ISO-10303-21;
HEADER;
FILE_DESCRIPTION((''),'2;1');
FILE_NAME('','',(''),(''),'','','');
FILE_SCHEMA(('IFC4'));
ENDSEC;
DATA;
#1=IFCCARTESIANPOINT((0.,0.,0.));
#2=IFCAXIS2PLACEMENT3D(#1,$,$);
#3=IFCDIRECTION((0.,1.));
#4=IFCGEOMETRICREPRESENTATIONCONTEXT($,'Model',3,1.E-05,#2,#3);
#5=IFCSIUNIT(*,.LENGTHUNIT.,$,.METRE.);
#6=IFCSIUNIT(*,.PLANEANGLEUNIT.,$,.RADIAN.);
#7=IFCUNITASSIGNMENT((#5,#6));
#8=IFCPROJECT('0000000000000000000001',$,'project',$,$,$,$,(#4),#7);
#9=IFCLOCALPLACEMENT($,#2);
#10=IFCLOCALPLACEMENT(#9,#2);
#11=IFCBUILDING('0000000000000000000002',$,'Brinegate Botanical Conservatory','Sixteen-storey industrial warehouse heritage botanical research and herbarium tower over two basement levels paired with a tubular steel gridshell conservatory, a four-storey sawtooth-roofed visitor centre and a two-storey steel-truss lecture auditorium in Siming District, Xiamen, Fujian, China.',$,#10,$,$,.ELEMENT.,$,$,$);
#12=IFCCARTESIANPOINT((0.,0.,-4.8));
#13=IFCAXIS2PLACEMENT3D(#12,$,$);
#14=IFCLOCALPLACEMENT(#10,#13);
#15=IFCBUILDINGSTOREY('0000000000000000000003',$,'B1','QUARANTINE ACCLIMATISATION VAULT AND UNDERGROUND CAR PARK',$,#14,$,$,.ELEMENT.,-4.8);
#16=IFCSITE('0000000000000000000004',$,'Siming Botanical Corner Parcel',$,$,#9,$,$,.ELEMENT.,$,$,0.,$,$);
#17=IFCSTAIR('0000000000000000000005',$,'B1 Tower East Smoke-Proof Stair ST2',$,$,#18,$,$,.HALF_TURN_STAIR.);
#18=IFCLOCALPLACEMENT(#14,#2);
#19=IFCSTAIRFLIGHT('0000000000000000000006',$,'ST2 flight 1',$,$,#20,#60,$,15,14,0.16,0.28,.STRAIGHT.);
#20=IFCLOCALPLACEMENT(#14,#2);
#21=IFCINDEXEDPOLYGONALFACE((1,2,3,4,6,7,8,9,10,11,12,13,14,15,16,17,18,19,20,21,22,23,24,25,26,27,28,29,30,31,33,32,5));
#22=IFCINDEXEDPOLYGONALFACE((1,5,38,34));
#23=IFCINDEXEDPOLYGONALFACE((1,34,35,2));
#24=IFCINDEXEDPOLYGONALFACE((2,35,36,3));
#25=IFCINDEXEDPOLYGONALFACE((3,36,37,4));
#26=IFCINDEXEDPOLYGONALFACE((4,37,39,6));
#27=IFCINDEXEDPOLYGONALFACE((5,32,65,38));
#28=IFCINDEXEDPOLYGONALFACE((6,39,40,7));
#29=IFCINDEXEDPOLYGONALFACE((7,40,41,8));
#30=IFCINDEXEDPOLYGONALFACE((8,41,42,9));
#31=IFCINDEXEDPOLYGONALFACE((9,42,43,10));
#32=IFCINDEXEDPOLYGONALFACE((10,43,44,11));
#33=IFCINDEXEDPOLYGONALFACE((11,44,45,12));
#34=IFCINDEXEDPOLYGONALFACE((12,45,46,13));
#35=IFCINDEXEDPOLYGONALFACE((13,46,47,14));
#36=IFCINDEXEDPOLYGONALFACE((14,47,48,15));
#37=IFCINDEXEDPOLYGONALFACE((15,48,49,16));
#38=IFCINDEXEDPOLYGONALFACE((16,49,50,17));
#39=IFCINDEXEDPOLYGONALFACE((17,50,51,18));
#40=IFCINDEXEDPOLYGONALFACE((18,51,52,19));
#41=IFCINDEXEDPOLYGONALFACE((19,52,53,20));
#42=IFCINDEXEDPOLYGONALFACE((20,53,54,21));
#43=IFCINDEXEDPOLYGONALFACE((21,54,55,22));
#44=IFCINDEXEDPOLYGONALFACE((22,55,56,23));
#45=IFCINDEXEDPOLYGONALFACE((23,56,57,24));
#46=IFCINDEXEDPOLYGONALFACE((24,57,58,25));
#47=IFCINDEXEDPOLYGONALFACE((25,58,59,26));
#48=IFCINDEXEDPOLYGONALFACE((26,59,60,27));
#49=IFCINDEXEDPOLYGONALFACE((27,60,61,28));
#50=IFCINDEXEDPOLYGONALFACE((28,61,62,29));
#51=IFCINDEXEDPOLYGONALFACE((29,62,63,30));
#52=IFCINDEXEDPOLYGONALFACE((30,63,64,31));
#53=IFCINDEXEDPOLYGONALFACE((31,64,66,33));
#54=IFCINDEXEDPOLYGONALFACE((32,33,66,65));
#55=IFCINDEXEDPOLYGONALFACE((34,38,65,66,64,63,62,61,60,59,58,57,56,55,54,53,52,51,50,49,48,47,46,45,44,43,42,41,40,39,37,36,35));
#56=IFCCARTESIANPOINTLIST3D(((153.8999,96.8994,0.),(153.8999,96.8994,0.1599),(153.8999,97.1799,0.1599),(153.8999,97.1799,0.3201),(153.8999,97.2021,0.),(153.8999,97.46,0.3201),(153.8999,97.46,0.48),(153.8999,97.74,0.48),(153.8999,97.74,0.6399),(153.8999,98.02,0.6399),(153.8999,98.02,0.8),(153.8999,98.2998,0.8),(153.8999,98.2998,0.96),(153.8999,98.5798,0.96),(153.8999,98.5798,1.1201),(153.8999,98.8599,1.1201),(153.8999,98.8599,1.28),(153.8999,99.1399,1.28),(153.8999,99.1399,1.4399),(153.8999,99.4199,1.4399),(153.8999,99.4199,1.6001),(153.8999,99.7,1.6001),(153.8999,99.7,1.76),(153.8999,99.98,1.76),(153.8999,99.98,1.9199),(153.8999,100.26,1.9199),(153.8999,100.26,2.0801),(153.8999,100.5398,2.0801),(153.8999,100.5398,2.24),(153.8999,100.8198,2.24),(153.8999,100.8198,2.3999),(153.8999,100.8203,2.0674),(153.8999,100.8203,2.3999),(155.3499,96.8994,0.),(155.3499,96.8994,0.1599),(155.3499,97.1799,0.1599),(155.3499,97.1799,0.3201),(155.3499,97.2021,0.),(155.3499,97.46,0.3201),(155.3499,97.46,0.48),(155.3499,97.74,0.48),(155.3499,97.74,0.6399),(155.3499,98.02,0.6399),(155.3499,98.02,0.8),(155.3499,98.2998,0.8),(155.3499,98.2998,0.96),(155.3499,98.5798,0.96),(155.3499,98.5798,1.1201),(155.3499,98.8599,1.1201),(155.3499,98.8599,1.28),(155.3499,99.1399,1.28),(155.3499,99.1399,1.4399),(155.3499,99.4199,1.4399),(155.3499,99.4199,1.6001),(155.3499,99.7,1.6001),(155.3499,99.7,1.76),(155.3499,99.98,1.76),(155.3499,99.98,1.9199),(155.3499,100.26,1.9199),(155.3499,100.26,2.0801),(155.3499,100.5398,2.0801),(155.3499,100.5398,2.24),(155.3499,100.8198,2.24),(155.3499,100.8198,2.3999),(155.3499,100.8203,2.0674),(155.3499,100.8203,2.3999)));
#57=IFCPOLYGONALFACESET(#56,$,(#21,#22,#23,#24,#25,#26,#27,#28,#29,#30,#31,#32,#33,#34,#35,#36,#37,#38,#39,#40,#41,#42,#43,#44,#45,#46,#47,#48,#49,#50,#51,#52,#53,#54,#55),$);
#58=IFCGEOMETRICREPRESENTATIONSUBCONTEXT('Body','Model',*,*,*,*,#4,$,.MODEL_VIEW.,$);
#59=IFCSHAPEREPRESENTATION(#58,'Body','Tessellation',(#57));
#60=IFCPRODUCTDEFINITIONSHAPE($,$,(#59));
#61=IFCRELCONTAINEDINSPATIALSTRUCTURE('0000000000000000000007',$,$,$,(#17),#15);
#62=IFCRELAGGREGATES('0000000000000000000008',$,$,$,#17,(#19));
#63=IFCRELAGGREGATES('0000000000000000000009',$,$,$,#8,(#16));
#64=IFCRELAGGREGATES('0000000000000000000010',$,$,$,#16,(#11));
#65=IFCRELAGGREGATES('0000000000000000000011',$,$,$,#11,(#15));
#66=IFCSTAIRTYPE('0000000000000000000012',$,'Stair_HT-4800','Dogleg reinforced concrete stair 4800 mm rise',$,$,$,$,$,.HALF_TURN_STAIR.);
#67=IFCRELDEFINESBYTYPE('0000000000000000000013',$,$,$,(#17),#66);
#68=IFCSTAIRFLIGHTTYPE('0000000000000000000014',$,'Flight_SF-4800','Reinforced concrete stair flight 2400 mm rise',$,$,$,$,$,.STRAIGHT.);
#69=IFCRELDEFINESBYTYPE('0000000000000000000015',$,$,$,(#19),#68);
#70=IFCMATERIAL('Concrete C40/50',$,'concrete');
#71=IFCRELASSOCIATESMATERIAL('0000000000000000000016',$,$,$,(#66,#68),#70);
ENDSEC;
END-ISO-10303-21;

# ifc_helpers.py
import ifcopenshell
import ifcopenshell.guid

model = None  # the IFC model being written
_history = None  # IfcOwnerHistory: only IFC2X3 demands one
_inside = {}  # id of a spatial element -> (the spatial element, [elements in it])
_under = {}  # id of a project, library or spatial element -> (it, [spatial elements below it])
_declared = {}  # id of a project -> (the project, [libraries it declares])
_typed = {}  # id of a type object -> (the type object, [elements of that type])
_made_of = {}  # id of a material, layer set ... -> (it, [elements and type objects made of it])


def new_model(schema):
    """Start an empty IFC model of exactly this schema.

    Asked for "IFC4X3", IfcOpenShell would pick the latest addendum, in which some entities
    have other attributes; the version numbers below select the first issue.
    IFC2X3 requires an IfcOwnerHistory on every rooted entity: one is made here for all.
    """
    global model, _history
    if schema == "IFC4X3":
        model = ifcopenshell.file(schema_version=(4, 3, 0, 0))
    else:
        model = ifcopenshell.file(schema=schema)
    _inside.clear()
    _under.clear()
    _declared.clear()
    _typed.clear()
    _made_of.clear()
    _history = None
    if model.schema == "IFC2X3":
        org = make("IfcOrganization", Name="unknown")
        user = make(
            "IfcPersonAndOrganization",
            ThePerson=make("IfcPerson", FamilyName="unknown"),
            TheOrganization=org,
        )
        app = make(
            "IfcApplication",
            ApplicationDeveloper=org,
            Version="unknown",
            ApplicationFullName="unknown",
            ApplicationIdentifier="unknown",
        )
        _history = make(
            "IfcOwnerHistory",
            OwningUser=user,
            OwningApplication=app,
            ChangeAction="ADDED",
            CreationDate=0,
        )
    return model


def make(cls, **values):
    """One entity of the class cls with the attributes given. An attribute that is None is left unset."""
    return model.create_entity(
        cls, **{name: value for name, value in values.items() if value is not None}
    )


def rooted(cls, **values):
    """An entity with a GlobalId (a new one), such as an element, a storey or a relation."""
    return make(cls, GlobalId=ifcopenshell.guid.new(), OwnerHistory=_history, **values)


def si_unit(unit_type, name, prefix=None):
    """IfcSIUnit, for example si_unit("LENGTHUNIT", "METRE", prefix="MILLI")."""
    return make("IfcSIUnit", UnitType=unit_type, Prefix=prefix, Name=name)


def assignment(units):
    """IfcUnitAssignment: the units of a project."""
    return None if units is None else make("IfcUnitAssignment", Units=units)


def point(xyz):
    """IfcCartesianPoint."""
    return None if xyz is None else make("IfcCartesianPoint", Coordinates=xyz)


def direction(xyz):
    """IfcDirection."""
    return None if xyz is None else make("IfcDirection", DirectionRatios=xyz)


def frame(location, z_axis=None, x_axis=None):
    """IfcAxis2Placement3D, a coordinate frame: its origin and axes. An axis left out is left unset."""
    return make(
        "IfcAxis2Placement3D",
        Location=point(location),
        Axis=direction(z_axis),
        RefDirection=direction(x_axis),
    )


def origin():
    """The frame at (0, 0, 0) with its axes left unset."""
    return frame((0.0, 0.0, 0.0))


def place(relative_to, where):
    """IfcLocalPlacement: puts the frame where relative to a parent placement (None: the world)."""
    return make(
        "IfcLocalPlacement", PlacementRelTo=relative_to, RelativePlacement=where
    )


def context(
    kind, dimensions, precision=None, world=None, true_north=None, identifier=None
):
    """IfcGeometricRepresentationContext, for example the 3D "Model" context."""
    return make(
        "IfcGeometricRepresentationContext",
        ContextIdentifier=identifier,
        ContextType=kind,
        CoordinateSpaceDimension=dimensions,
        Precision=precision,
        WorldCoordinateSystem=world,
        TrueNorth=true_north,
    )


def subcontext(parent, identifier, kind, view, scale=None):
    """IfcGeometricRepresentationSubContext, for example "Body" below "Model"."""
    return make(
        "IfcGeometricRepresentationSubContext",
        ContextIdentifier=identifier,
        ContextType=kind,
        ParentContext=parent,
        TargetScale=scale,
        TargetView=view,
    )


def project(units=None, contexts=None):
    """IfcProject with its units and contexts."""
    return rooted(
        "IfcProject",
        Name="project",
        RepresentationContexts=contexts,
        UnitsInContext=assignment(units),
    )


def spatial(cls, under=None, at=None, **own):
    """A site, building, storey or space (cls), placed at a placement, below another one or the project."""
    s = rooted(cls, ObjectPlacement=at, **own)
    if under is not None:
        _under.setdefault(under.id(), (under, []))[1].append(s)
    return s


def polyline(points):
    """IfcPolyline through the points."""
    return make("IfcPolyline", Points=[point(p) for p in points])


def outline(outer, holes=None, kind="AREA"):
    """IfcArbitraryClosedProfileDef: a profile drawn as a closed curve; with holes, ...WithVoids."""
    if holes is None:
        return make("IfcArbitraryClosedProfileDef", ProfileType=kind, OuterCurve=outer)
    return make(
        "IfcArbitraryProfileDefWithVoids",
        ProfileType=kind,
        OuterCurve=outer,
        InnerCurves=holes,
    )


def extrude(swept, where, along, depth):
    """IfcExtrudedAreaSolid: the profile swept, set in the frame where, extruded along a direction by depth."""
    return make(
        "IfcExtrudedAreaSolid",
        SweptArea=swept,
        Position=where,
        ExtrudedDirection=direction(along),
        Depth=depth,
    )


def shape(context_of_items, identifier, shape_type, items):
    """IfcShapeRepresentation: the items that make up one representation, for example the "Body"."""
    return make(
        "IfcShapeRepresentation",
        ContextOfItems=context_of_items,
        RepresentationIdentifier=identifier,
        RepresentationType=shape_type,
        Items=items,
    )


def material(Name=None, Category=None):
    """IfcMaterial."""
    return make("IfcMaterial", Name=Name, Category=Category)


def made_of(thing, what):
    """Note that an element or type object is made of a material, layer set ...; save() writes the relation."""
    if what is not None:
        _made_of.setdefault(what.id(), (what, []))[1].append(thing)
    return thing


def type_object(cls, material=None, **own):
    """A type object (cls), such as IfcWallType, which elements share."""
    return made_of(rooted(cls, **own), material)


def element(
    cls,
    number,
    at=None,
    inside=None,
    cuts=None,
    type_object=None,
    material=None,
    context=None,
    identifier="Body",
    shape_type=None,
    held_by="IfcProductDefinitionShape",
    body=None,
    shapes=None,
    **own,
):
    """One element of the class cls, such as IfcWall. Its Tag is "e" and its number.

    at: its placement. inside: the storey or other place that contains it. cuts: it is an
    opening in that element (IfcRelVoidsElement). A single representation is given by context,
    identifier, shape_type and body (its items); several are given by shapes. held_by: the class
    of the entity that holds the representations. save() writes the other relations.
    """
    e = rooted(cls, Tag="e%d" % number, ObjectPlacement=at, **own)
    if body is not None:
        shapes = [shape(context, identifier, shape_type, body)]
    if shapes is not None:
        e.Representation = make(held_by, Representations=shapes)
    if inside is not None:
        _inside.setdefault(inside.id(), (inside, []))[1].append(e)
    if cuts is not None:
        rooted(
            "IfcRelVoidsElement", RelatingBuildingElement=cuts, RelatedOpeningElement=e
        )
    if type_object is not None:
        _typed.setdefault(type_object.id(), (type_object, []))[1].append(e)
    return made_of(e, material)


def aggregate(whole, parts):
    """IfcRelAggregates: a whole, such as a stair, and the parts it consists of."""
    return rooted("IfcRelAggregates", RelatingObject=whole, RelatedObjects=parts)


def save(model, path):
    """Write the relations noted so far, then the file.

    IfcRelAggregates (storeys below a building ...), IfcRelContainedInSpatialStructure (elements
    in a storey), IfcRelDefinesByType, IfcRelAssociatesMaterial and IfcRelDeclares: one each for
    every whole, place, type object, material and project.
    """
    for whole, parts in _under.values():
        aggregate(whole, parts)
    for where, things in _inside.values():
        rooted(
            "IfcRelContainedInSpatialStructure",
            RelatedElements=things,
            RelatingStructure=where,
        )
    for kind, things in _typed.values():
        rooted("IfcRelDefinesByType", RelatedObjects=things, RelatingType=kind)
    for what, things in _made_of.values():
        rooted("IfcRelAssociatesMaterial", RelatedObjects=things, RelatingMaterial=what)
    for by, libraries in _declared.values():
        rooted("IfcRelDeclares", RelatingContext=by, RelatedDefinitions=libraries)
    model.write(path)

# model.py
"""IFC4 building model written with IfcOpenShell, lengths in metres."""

from ifc_helpers import new_model, si_unit, direction, frame, origin, place, context, subcontext, project, spatial, polyline, outline, extrude, material, type_object, element, aggregate, save


model = new_model("IFC4")

# Units and contexts
model_context = context("Model", 3, precision=1e-05, world=origin(), true_north=direction((0.0, 1.0)))
body_context = subcontext(model_context, "Body", "Model", "MODEL_VIEW")
ifc_project = project(units=[si_unit("LENGTHUNIT", "METRE"), si_unit("PLANEANGLEUNIT", "RADIAN")], contexts=[model_context])

# Site, building, storey
site_placement = place(None, origin())
site = spatial("IfcSite", under=ifc_project, at=site_placement, Name="Siming Botanical Corner Parcel", CompositionType="ELEMENT", RefElevation=0.0)
building_placement = place(site_placement, origin())
building = spatial("IfcBuilding", under=site, at=building_placement, Name="Brinegate Botanical Conservatory", Description="Sixteen-storey industrial warehouse heritage botanical research and herbarium tower over two basement levels paired with a tubular steel gridshell conservatory, a four-storey sawtooth-roofed visitor centre and a two-storey steel-truss lecture auditorium in Siming District, Xiamen, Fujian, China.", CompositionType="ELEMENT")
storey_placement = place(building_placement, frame((0.0, 0.0, -4.8)))
storey = spatial("IfcBuildingStorey", under=building, at=storey_placement, Name="B1", Description="QUARANTINE ACCLIMATISATION VAULT AND UNDERGROUND CAR PARK", CompositionType="ELEMENT", Elevation=-4.8)

# Shared definitions
ifc_material_1 = material(Name="Concrete C40/50", Category="concrete")

# Stair, stair flight
stair_type = type_object("IfcStairType", Name="Stair_HT-4800", Description="Dogleg reinforced concrete stair 4800 mm rise", PredefinedType="HALF_TURN_STAIR", material=ifc_material_1)
stair_placement = place(storey_placement, origin())
stair = element("IfcStair", 1, at=stair_placement, inside=storey, type_object=stair_type, Name="B1 Tower East Smoke-Proof Stair ST2", PredefinedType="HALF_TURN_STAIR")
stair_flight_type = type_object("IfcStairFlightType", Name="Flight_SF-4800", Description="Reinforced concrete stair flight 2400 mm rise", PredefinedType="STRAIGHT", material=ifc_material_1)
stair_flight_placement = place(storey_placement, frame((154.625, 96.8999, 0.0), z_axis=(0.0, 0.0, 1.0), x_axis=(0.0, 1.0, 0.0)))
stair_flight = element("IfcStairFlight", 2, at=stair_flight_placement, type_object=stair_flight_type, Name="ST2 flight 1", NumberOfRisers=15, NumberOfTreads=14, PredefinedType="STRAIGHT", RiserHeight=0.16, TreadLength=0.28, context=body_context, shape_type="SweptSolid", body=[
    extrude(outline(polyline([(-0.0005, 0.0), (-0.0005, 0.1599), (0.28, 0.1599), (0.28, 0.3201), (0.5601, 0.3201), (0.5601, 0.48), (0.8401, 0.48), (0.8401, 0.6399), (1.1201, 0.6399), (1.1201, 0.8), (1.3999, 0.8), (1.3999, 0.96), (1.6799, 0.96), (1.6799, 1.1201), (1.96, 1.1201), (1.96, 1.28), (2.24, 1.28), (2.24, 1.4399), (2.52, 1.4399), (2.52, 1.6001), (2.8, 1.6001), (2.8, 1.76), (3.0801, 1.76), (3.0801, 1.9199), (3.3601, 1.9199), (3.3601, 2.0801), (3.6399, 2.0801), (3.6399, 2.24), (3.9199, 2.24), (3.9199, 2.3999), (3.9204, 2.3999), (3.9204, 2.0674), (0.3022, 0.0), (-0.0005, 0.0)])), frame((0.0, 0.7251, 0.0), z_axis=(0.0, -1.0, 0.0), x_axis=(1.0, 0.0, 0.0)), (0.0, 0.0, 1.0), 1.45),
])
aggregate(stair, [stair_flight])

save(model, "model.ifc")
